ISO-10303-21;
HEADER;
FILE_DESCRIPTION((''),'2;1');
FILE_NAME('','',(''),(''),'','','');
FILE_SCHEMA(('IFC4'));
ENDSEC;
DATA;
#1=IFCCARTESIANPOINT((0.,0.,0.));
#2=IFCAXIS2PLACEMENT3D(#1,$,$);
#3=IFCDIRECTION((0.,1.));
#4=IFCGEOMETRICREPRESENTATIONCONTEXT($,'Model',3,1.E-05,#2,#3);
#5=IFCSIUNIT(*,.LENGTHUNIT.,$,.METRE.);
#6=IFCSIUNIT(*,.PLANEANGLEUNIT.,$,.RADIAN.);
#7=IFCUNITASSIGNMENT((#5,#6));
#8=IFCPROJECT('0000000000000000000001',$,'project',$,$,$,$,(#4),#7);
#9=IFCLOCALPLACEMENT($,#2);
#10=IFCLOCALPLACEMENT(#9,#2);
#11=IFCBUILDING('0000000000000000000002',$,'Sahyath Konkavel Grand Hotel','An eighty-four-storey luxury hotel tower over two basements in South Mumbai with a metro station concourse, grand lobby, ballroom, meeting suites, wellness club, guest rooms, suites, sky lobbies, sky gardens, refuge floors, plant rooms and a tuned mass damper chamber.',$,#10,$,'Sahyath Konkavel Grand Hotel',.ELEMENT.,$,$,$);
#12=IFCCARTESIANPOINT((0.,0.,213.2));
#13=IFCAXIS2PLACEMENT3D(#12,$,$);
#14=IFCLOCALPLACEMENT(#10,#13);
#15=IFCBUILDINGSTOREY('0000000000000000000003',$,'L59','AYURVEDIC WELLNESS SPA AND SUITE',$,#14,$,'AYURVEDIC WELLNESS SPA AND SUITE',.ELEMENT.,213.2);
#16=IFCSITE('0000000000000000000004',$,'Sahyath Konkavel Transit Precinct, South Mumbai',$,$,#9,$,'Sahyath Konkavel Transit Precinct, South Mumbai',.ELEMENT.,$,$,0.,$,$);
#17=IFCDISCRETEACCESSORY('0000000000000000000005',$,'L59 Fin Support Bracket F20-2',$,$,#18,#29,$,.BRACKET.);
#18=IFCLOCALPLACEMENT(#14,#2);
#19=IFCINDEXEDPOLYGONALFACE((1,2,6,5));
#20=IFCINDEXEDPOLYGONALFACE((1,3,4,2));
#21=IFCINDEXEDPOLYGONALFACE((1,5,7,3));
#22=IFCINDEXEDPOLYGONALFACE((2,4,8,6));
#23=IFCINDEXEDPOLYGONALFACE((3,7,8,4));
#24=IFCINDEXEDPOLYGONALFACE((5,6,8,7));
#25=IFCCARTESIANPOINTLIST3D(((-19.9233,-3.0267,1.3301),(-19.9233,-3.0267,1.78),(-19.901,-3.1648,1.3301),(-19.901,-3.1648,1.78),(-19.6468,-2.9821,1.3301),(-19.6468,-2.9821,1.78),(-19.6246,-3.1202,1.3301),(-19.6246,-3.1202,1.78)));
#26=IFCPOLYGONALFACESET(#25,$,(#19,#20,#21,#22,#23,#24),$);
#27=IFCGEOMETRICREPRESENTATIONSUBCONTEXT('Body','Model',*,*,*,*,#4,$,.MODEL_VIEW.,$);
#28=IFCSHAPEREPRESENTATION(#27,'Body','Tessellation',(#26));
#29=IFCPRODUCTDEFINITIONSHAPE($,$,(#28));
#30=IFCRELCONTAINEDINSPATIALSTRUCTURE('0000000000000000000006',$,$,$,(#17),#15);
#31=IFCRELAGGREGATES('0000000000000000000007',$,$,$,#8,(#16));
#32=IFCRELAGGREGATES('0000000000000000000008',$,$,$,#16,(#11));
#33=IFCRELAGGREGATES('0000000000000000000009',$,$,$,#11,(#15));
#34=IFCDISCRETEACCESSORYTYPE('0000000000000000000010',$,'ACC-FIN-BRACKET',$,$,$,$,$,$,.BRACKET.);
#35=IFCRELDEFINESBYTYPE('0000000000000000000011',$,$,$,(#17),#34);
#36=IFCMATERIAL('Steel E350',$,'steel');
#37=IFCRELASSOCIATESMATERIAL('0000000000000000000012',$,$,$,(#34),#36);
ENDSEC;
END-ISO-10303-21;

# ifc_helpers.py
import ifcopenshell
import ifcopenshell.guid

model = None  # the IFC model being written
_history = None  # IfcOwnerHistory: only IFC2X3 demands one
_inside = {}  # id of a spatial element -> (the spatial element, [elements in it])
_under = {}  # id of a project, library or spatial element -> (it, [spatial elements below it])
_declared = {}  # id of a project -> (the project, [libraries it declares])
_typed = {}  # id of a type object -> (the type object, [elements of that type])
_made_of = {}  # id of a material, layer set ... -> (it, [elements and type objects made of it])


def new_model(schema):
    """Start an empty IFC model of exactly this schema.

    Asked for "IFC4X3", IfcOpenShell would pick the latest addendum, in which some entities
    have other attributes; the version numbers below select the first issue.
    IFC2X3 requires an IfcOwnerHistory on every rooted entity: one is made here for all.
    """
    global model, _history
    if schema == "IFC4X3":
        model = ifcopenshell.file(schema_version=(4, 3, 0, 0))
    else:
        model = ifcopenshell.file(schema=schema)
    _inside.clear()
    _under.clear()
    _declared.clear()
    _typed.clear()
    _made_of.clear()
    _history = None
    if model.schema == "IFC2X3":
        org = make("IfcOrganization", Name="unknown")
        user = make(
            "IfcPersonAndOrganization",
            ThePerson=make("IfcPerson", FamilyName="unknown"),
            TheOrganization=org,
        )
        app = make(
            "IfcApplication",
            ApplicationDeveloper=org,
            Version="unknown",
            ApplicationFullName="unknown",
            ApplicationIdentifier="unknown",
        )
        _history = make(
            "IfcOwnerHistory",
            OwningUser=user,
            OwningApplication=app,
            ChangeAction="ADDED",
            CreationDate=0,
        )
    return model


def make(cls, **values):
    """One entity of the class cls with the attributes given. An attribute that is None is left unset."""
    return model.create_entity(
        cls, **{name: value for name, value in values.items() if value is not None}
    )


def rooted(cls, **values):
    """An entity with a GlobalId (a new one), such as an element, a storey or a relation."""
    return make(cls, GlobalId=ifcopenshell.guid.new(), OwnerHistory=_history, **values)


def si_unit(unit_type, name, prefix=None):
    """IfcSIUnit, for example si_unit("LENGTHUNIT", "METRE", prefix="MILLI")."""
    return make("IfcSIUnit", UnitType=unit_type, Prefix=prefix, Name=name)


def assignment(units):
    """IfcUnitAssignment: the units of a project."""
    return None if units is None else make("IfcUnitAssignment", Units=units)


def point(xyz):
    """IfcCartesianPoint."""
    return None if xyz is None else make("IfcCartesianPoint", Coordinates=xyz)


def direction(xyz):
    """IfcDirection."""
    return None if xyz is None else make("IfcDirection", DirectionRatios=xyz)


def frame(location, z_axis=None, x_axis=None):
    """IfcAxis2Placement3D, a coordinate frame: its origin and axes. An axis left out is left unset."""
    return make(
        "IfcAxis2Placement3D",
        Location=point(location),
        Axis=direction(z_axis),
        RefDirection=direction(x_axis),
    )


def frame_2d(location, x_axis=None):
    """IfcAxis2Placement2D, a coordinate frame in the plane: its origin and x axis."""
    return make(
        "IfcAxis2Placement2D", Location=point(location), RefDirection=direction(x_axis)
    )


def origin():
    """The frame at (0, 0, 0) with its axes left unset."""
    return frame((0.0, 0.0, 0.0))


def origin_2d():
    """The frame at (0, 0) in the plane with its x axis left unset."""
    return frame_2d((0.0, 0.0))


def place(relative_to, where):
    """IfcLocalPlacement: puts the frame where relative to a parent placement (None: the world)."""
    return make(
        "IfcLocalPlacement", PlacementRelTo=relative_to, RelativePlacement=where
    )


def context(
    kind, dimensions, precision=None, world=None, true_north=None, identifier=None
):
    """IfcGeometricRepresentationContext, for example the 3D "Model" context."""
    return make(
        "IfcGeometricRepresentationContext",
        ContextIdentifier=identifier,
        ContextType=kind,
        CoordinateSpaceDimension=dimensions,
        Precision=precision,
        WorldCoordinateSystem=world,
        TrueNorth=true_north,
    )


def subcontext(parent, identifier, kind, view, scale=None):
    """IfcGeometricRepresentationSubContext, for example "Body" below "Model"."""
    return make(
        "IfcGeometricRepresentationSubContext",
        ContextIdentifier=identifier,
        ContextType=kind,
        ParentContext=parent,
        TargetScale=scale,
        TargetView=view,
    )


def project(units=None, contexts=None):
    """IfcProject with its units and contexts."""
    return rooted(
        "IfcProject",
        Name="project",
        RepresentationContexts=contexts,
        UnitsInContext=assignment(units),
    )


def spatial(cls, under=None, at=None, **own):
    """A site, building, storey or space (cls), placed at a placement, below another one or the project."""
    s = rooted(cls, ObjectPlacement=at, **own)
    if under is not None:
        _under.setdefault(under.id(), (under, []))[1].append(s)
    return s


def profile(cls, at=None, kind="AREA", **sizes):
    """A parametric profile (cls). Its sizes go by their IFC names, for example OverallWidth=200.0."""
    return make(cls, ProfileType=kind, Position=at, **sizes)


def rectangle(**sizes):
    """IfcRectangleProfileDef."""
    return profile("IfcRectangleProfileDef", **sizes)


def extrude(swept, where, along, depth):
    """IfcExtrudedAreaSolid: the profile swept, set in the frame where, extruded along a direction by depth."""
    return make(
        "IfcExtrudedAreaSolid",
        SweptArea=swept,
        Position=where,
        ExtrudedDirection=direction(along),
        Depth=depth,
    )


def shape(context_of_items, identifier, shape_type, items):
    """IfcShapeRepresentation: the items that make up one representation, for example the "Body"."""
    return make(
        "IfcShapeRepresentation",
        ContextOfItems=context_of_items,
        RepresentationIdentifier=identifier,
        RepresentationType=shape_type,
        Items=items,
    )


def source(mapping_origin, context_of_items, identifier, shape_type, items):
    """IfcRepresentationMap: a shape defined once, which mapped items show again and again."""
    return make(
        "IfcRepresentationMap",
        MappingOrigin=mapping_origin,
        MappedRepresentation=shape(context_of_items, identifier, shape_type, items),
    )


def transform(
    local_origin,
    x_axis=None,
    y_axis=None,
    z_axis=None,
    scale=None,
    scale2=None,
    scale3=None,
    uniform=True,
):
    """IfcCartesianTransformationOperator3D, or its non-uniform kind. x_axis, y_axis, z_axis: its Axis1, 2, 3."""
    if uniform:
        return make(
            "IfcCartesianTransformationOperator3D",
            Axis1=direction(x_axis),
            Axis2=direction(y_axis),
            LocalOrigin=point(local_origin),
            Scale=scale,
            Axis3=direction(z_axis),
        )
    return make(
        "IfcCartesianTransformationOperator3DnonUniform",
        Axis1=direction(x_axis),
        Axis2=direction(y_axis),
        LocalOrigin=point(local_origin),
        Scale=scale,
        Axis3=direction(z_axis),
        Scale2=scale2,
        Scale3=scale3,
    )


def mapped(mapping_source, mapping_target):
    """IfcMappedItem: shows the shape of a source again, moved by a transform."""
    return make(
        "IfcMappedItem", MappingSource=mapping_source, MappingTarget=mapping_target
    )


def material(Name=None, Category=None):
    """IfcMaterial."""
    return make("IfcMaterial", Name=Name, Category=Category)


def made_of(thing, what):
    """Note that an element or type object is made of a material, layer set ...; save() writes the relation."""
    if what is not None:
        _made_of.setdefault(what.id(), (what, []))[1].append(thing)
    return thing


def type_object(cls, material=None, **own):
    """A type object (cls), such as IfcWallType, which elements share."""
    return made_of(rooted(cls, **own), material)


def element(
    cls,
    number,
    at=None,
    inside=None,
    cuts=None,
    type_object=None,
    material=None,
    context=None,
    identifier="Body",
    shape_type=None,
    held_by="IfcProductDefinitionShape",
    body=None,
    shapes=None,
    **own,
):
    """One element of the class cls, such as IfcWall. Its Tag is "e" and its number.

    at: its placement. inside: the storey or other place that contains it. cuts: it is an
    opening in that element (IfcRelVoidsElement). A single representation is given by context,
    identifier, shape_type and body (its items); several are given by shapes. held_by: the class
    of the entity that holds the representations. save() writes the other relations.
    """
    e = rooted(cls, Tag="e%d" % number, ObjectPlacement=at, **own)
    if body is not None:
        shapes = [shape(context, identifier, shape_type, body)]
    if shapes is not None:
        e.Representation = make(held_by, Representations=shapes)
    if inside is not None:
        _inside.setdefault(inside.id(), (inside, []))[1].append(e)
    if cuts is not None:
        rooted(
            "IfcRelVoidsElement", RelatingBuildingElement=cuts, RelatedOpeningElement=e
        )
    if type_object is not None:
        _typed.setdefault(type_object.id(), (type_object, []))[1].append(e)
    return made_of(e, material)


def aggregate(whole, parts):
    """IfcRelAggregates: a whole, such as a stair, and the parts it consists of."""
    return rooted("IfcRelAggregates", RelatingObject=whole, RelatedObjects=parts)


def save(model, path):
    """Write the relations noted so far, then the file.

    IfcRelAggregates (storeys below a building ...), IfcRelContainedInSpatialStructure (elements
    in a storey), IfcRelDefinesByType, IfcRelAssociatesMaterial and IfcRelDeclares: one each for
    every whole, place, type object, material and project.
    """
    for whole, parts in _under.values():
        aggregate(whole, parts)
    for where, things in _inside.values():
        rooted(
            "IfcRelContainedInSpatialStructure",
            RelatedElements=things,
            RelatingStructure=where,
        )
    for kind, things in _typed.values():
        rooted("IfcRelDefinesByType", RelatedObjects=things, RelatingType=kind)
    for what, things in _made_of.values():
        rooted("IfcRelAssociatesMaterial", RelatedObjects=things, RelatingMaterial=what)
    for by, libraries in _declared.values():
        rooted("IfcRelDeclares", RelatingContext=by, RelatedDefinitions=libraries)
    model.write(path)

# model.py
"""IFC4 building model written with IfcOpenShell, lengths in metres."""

from ifc_helpers import new_model, si_unit, direction, frame, origin, origin_2d, place, context, subcontext, project, spatial, rectangle, extrude, source, transform, mapped, material, type_object, element, save


model = new_model("IFC4")

# Units and contexts
model_context = context("Model", 3, precision=1e-05, world=origin(), true_north=direction((0.0, 1.0)))
body_context = subcontext(model_context, "Body", "Model", "MODEL_VIEW")
ifc_project = project(units=[si_unit("LENGTHUNIT", "METRE"), si_unit("PLANEANGLEUNIT", "RADIAN")], contexts=[model_context])

# Site, building, storey
site_placement = place(None, origin())
site = spatial("IfcSite", under=ifc_project, at=site_placement, Name="Sahyath Konkavel Transit Precinct, South Mumbai", LongName="Sahyath Konkavel Transit Precinct, South Mumbai", CompositionType="ELEMENT", RefElevation=0.0)
building_placement = place(site_placement, origin())
building = spatial("IfcBuilding", under=site, at=building_placement, Name="Sahyath Konkavel Grand Hotel", Description="An eighty-four-storey luxury hotel tower over two basements in South Mumbai with a metro station concourse, grand lobby, ballroom, meeting suites, wellness club, guest rooms, suites, sky lobbies, sky gardens, refuge floors, plant rooms and a tuned mass damper chamber.", LongName="Sahyath Konkavel Grand Hotel", CompositionType="ELEMENT")
storey_placement = place(building_placement, frame((0.0, 0.0, 213.2)))
storey = spatial("IfcBuildingStorey", under=building, at=storey_placement, Name="L59", Description="AYURVEDIC WELLNESS SPA AND SUITE", LongName="AYURVEDIC WELLNESS SPA AND SUITE", CompositionType="ELEMENT", Elevation=213.2)

# Shared definitions
ifc_material_1 = material(Name="Steel E350", Category="steel")

# Discrete accessory
discrete_accessory_type = type_object("IfcDiscreteAccessoryType", Name="ACC-FIN-BRACKET", PredefinedType="BRACKET", material=ifc_material_1)
shared_shape_1 = source(origin(), body_context, "Body", "SweptSolid", [
    extrude(rectangle(XDim=0.28, YDim=0.1399, at=origin_2d()), origin(), (0.0, 0.0, 1.0), 0.45),
])
discrete_accessory_placement = place(storey_placement, frame((-19.7739, -3.0735, 1.3301), z_axis=(0.0, 0.0, 1.0), x_axis=(-0.987231, -0.159295, 0.0)))
element("IfcDiscreteAccessory", 1, at=discrete_accessory_placement, inside=storey, type_object=discrete_accessory_type, Name="L59 Fin Support Bracket F20-2", PredefinedType="BRACKET", context=body_context, shape_type="MappedRepresentation", body=[
    mapped(shared_shape_1, transform((0.0, 0.0, 0.0), scale=1.0)),
])

save(model, "model.ifc")
